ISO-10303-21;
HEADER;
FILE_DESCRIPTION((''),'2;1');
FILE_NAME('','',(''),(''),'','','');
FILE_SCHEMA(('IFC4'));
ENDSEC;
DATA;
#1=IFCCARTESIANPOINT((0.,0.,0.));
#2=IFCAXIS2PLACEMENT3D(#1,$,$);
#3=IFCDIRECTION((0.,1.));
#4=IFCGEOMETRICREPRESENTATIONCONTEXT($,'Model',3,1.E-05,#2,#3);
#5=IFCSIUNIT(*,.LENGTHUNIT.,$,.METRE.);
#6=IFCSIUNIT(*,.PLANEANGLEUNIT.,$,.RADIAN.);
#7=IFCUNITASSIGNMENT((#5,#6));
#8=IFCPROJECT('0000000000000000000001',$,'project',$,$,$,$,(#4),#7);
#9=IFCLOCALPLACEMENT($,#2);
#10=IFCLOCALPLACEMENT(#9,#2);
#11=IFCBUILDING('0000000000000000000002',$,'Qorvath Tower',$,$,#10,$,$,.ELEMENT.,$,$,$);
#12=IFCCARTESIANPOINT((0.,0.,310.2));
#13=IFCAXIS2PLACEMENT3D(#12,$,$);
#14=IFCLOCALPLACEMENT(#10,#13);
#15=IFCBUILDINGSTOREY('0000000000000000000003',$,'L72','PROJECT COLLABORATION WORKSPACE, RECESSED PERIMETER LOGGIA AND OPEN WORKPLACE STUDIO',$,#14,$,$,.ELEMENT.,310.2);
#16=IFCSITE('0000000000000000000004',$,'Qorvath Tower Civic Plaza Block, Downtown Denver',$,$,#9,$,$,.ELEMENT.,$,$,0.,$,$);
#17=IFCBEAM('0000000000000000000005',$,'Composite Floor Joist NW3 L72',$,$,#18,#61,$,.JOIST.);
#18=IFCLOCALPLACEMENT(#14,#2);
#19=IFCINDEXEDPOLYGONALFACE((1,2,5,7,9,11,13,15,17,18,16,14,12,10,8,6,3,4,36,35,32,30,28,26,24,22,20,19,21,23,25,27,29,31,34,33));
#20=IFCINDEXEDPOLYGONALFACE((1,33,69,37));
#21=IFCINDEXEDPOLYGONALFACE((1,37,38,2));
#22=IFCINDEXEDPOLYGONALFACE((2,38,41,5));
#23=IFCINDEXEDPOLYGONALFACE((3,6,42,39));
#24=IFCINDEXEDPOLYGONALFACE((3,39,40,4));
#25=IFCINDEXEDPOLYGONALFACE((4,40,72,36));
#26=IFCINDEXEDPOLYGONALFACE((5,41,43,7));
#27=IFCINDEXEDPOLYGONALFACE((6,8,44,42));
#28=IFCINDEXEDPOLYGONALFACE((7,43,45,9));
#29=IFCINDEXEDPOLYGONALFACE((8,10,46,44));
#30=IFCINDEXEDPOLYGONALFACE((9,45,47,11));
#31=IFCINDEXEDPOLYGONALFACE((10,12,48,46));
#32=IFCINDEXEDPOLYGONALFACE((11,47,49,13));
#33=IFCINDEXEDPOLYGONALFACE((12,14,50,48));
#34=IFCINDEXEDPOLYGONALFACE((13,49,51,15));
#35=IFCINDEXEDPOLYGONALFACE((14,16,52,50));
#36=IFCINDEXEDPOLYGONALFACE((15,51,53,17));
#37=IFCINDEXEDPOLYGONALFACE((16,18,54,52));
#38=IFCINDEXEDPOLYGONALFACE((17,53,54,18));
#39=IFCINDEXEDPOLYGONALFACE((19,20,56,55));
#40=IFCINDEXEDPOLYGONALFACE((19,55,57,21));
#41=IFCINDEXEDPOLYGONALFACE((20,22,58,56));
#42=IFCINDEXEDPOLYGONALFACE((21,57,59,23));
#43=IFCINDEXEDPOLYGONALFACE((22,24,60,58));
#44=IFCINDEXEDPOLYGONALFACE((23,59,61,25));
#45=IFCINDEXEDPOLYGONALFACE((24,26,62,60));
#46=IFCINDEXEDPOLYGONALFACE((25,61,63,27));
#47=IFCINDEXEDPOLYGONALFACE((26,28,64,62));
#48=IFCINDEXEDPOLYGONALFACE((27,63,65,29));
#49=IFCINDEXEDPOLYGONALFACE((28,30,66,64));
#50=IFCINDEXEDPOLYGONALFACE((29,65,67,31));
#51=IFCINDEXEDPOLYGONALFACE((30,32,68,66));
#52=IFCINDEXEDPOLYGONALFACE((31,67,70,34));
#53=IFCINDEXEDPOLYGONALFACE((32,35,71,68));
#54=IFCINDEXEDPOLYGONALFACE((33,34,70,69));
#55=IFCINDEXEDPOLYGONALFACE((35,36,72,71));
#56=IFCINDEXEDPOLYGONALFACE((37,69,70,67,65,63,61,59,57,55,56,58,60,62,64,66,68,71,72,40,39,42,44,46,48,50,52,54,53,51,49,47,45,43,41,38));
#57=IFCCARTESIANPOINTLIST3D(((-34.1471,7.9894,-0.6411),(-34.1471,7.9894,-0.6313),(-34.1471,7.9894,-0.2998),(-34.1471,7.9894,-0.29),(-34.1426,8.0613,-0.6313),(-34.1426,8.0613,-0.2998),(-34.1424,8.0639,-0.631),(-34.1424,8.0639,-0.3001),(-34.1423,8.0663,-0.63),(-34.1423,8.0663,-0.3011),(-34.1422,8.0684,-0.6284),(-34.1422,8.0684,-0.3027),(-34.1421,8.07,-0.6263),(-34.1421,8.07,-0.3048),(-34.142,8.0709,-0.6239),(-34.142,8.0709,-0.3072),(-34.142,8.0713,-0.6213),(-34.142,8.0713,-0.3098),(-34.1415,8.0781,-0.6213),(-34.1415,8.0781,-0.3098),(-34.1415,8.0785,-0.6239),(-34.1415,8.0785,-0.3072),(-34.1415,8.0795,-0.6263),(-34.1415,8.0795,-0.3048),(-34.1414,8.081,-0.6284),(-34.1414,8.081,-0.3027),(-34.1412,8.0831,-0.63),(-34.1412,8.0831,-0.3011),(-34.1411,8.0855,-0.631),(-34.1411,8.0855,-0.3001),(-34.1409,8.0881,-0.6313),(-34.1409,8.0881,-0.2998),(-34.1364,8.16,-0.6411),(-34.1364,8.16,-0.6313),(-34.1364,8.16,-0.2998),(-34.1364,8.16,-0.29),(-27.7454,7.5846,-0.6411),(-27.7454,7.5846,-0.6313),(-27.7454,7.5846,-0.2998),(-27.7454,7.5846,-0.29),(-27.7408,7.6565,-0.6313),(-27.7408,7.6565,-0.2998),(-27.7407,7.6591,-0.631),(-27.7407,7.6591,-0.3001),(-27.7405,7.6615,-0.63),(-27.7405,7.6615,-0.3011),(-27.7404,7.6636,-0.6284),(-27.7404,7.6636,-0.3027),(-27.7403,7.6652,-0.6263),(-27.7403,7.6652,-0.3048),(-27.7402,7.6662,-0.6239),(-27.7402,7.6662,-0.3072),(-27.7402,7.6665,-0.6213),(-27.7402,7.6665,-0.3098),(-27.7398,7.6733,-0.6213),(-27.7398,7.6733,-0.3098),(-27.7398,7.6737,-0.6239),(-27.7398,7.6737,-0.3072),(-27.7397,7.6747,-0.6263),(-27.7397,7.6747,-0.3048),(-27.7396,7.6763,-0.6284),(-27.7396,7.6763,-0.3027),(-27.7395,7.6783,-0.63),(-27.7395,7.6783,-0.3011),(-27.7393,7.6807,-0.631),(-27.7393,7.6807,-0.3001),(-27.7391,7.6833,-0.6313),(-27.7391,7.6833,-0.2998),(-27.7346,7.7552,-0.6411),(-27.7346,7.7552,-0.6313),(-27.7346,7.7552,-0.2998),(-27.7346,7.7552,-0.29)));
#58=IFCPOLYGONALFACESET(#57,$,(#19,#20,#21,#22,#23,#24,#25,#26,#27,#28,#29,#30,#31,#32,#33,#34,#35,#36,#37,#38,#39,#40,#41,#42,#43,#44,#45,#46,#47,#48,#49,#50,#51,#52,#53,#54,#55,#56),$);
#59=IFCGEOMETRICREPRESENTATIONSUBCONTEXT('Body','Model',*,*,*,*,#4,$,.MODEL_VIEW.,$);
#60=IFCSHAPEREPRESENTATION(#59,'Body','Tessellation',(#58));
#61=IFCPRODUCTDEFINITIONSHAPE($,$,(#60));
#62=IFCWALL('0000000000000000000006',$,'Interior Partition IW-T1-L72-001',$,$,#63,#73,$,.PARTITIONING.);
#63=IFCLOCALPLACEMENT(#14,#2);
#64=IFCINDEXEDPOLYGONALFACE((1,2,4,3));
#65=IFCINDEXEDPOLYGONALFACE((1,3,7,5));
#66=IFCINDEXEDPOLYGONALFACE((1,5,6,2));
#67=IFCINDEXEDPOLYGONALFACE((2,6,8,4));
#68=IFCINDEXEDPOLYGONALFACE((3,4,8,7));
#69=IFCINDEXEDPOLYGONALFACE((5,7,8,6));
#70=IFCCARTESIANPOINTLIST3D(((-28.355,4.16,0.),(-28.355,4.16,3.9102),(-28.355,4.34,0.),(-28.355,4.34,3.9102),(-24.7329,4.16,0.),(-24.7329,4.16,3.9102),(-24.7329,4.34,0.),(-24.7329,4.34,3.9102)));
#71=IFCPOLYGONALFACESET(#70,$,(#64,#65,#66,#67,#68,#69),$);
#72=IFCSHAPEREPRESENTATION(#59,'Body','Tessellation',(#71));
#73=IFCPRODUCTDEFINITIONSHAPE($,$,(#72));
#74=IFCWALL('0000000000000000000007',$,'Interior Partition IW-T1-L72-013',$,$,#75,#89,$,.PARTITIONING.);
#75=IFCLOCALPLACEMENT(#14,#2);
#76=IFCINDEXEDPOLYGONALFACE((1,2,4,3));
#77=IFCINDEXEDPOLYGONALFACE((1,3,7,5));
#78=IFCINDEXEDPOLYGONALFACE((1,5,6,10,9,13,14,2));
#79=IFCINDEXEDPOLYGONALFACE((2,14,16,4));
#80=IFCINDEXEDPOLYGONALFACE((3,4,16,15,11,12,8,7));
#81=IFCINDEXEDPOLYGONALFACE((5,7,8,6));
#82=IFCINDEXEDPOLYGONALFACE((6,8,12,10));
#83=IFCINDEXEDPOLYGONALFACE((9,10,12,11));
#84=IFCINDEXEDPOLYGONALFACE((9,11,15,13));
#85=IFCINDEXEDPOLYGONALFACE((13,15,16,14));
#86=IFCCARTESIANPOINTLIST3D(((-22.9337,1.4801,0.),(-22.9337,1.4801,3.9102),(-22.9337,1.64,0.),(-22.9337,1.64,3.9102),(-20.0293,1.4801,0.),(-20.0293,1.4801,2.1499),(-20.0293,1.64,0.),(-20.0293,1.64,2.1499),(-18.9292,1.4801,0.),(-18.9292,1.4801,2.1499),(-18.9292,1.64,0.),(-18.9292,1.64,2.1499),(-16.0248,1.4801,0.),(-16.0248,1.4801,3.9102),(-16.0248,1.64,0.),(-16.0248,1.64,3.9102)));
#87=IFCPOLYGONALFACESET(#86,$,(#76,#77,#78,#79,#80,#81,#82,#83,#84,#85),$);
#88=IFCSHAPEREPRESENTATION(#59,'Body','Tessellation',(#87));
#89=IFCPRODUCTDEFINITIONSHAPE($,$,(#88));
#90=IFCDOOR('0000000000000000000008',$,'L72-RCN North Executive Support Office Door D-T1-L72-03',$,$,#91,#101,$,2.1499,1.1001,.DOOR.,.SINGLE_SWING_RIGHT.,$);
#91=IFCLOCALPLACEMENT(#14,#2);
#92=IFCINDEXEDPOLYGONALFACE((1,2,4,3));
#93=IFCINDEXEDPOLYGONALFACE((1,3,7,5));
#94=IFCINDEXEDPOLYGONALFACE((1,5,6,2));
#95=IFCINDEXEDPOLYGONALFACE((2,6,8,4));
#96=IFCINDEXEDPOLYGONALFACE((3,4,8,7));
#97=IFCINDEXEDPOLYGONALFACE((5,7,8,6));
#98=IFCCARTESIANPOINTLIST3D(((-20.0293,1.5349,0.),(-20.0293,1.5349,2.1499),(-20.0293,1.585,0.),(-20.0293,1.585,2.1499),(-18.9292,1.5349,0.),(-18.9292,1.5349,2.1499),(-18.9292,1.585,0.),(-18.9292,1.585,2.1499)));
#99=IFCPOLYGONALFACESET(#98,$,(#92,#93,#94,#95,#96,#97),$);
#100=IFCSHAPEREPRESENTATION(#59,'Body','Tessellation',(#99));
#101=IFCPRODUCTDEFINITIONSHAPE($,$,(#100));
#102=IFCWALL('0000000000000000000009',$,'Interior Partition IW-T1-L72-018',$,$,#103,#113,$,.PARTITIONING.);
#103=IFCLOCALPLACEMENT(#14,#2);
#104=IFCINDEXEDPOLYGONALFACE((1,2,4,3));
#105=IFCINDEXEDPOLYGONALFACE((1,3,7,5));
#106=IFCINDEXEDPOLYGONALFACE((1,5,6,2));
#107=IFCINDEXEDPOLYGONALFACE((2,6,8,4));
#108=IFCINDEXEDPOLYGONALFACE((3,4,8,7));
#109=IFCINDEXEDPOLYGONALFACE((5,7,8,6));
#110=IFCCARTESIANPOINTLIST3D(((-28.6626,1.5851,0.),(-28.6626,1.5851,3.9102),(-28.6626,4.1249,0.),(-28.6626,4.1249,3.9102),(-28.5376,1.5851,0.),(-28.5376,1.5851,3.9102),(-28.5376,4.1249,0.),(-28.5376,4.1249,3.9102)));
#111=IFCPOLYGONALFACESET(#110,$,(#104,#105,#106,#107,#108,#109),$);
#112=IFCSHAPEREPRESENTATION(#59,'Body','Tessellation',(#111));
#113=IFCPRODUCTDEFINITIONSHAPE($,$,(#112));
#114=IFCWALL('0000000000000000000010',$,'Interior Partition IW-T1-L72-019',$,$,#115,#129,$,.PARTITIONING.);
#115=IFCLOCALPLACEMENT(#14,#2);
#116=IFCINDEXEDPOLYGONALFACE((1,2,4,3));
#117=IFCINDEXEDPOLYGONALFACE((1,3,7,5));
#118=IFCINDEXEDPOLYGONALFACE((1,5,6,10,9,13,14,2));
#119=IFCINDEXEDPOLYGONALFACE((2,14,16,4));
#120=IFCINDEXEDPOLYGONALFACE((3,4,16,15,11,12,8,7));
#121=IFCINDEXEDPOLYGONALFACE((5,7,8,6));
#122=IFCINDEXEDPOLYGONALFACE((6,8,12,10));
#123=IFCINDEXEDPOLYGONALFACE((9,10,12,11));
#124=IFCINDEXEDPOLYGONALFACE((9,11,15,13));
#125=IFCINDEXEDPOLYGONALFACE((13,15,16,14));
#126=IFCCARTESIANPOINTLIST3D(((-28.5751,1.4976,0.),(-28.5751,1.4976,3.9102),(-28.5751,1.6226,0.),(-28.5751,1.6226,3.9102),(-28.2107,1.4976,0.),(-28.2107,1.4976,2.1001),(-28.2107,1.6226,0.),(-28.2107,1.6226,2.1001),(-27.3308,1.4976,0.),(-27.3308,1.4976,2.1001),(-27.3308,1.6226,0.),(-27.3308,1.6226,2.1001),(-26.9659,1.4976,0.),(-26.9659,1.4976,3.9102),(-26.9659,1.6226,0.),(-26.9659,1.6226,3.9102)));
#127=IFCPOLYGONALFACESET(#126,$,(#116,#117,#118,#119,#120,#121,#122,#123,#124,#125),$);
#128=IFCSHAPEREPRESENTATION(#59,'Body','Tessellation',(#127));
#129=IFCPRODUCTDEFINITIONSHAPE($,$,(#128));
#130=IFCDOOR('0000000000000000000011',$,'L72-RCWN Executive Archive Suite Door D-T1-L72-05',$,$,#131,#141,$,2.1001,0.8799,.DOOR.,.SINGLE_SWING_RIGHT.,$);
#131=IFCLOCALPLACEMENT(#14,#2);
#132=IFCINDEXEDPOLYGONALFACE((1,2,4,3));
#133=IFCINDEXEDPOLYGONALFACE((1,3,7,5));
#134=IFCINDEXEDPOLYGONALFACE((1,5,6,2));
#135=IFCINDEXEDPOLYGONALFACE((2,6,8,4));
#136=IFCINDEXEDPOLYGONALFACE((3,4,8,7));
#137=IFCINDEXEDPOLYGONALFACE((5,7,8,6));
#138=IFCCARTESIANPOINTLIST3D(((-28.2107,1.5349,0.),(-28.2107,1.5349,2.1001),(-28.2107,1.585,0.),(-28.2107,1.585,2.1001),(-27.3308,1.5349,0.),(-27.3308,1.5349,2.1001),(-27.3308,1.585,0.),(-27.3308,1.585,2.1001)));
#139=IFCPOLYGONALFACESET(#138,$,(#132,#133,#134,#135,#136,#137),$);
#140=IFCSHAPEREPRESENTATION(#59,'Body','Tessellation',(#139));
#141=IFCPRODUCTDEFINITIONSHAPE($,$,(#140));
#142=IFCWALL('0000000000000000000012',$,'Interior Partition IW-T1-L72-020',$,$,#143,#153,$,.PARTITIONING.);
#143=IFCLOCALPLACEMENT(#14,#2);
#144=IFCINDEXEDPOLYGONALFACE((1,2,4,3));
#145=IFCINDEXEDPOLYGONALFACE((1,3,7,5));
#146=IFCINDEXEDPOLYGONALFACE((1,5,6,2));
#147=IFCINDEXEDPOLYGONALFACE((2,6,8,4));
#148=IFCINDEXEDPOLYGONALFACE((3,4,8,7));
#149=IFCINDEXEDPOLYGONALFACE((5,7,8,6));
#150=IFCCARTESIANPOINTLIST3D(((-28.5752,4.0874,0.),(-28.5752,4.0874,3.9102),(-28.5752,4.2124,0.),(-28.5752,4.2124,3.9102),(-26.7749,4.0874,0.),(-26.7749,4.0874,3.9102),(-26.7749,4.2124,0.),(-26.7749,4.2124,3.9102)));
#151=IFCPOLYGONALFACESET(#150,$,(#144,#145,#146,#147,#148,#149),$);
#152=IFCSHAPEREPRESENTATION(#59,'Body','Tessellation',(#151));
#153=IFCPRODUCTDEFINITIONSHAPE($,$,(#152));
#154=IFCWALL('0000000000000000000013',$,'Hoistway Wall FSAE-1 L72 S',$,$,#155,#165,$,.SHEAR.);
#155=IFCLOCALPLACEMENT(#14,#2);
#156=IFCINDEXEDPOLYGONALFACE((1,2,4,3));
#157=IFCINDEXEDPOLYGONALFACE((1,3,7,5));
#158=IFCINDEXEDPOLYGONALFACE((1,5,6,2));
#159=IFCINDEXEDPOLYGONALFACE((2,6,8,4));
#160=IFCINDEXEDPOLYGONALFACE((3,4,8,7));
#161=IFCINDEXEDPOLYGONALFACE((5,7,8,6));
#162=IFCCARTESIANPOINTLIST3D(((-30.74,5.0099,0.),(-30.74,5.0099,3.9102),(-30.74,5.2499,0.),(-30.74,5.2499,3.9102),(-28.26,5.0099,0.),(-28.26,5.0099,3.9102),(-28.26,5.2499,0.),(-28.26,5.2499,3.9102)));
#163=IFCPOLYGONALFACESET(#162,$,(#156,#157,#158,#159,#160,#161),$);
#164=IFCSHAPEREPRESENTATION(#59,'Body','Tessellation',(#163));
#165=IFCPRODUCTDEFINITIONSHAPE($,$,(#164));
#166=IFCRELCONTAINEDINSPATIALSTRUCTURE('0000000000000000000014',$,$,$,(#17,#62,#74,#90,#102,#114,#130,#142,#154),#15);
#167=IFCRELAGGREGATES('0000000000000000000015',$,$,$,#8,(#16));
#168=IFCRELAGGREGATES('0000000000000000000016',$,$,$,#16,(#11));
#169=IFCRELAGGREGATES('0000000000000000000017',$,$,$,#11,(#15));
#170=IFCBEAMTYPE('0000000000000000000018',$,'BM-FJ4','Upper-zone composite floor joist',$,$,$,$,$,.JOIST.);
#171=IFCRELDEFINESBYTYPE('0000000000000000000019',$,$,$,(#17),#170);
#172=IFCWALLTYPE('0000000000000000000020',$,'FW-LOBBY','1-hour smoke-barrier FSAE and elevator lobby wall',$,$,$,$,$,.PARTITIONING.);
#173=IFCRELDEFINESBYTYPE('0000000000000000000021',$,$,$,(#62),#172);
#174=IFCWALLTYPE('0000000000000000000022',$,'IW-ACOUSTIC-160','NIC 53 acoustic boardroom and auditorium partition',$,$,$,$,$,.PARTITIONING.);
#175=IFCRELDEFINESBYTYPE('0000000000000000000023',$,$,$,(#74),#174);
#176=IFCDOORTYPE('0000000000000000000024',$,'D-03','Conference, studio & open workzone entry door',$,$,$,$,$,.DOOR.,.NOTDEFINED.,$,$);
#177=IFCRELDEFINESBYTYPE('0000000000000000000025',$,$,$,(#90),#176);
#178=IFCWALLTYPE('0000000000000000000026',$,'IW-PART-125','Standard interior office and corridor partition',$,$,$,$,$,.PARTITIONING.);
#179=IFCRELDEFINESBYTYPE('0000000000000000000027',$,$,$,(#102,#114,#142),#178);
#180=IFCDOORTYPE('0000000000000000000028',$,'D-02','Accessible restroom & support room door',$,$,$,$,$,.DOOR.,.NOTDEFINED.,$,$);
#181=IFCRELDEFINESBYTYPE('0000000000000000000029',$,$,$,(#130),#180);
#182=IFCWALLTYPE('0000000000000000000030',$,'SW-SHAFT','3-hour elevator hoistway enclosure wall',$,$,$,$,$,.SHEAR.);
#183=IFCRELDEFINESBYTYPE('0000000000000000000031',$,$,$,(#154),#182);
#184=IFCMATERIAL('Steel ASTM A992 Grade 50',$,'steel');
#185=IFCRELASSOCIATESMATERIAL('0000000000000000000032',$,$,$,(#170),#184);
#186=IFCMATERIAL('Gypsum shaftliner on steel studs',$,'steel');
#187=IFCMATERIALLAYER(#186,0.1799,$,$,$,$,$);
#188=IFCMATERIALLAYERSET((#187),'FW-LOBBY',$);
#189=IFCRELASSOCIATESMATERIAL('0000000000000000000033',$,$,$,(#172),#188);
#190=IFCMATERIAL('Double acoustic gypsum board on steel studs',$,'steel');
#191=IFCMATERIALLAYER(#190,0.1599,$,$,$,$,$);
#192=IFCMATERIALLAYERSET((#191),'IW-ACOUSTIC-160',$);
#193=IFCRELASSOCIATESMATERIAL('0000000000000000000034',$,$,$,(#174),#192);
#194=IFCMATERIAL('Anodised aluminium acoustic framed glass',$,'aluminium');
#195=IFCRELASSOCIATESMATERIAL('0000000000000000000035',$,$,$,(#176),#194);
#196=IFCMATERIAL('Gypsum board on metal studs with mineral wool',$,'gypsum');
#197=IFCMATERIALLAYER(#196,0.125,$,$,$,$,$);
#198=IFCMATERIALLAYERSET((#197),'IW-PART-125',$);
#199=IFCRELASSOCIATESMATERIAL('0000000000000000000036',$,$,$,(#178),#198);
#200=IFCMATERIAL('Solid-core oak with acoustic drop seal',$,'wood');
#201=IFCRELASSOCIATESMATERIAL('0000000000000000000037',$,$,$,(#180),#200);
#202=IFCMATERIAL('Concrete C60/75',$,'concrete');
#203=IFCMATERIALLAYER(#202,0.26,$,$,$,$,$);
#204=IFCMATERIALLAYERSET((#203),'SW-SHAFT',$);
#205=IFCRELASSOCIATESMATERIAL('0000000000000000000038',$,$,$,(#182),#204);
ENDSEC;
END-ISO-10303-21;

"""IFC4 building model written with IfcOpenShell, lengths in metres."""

from ifc_helpers import new_model, si_unit, direction, frame, frame_2d, origin, origin_2d, place, context, subcontext, project, spatial, rectangle, i_section, extrude, material, layer, layer_set, material_profile, profile_set, type_object, element, fill, save


model = new_model("IFC4")

# Units and contexts
model_context = context("Model", 3, precision=1e-05, world=origin(), true_north=direction((0.0, 1.0)))
body_context = subcontext(model_context, "Body", "Model", "MODEL_VIEW")
ifc_project = project(units=[si_unit("LENGTHUNIT", "METRE"), si_unit("PLANEANGLEUNIT", "RADIAN")], contexts=[model_context])

# Site, building, storey
site_placement = place(None, origin())
site = spatial("IfcSite", under=ifc_project, at=site_placement, Name="Qorvath Tower Civic Plaza Block, Downtown Denver", CompositionType="ELEMENT", RefElevation=0.0)
building_placement = place(site_placement, origin())
building = spatial("IfcBuilding", under=site, at=building_placement, Name="Qorvath Tower", CompositionType="ELEMENT")
storey_placement = place(building_placement, frame((0.0, 0.0, 310.2)))
storey = spatial("IfcBuildingStorey", under=building, at=storey_placement, Name="L72", Description="PROJECT COLLABORATION WORKSPACE, RECESSED PERIMETER LOGGIA AND OPEN WORKPLACE STUDIO", CompositionType="ELEMENT", Elevation=310.2)

# Beam
ifc_material_1 = material(Name="Steel ASTM A992 Grade 50", Category="steel")
ifc_material_profile = material_profile(ifc_material_1, i_section(OverallWidth=0.1709, OverallDepth=0.3511, WebThickness=0.0068, FlangeThickness=0.0098, FilletRadius=0.01, at=origin_2d()), Name="W14x30")
ifc_profile_set = profile_set([ifc_material_profile], Name="Steel ASTM A992 Grade 50")
beam_type = type_object("IfcBeamType", Name="BM-FJ4", Description="Upper-zone composite floor joist", PredefinedType="JOIST", material=ifc_profile_set)
beam_placement = place(storey_placement, frame((-27.74, 7.6699, -0.4656), z_axis=(-0.998007, 0.063103, 0.0), x_axis=(-0.063103, -0.998007, 0.0)))
element("IfcBeam", 1, at=beam_placement, inside=storey, type_object=beam_type, Name="Composite Floor Joist NW3 L72", PredefinedType="JOIST", context=body_context, shape_type="SweptSolid", body=[
    extrude(i_section(OverallWidth=0.1709, OverallDepth=0.3511, WebThickness=0.0068, FlangeThickness=0.0098, FilletRadius=0.01, at=origin_2d()), origin(), (0.0, 0.0, 1.0), 6.4146),
])

# Wall
ifc_material_2 = material(Name="Gypsum shaftliner on steel studs", Category="steel")
ifc_layer_1 = layer(ifc_material_2, 0.1799)
ifc_layer_set_1 = layer_set([ifc_layer_1], Name="FW-LOBBY")
wall_type_1 = type_object("IfcWallType", Name="FW-LOBBY", Description="1-hour smoke-barrier FSAE and elevator lobby wall", PredefinedType="PARTITIONING", material=ifc_layer_set_1)
wall_1_placement = place(storey_placement, frame((-28.355, 4.25, 0.0), z_axis=(0.0, 0.0, 1.0), x_axis=(1.0, 0.0, 0.0)))
element("IfcWall", 2, at=wall_1_placement, inside=storey, type_object=wall_type_1, Name="Interior Partition IW-T1-L72-001", PredefinedType="PARTITIONING", context=body_context, shape_type="SweptSolid", body=[
    extrude(rectangle(XDim=3.6221, YDim=0.1799, at=frame_2d((1.811, 0.0))), origin(), (0.0, 0.0, 1.0), 3.9102),
])

# Wall, opening, door
ifc_material_3 = material(Name="Double acoustic gypsum board on steel studs", Category="steel")
ifc_layer_2 = layer(ifc_material_3, 0.1599)
ifc_layer_set_2 = layer_set([ifc_layer_2], Name="IW-ACOUSTIC-160")
wall_type_2 = type_object("IfcWallType", Name="IW-ACOUSTIC-160", Description="NIC 53 acoustic boardroom and auditorium partition", PredefinedType="PARTITIONING", material=ifc_layer_set_2)
wall_2_placement = place(storey_placement, frame((-22.9338, 1.5601, 0.0), z_axis=(0.0, 0.0, 1.0), x_axis=(1.0, 0.0, 0.0)))
wall_2 = element("IfcWall", 3, at=wall_2_placement, inside=storey, type_object=wall_type_2, Name="Interior Partition IW-T1-L72-013", PredefinedType="PARTITIONING", context=body_context, shape_type="SweptSolid", body=[
    extrude(rectangle(XDim=6.9089, YDim=0.1599, at=frame_2d((3.4546, 0.0))), origin(), (0.0, 0.0, 1.0), 3.9102),
])
opening_1_placement = place(wall_2_placement, frame((2.9045, 0.0, 0.0)))
opening_1 = element("IfcOpeningElement", 4, at=opening_1_placement, cuts=wall_2, PredefinedType="OPENING", context=body_context, shape_type="SweptSolid", body=[
    extrude(rectangle(XDim=1.1001, YDim=2.1499, at=frame_2d((0.55, 1.075))), frame((0.0, 0.0898, 0.0), z_axis=(0.0, -1.0, 0.0), x_axis=(1.0, 0.0, 0.0)), (0.0, 0.0, 1.0), 0.1799),
])
ifc_material_4 = material(Name="Anodised aluminium acoustic framed glass", Category="aluminium")
door_type_1 = type_object("IfcDoorType", Name="D-03", Description="Conference, studio & open workzone entry door", OperationType="NOTDEFINED", PredefinedType="DOOR", material=ifc_material_4)
door_1_placement = place(opening_1_placement, origin())
door_1 = element("IfcDoor", 5, at=door_1_placement, inside=storey, type_object=door_type_1, Name="L72-RCN North Executive Support Office Door D-T1-L72-03", OperationType="SINGLE_SWING_RIGHT", OverallHeight=2.1499, OverallWidth=1.1001, PredefinedType="DOOR", context=body_context, shape_type="SweptSolid", body=[
    extrude(rectangle(XDim=1.1001, YDim=2.1499, at=frame_2d((0.55, 1.075))), frame((0.0, 0.0249, 0.0), z_axis=(0.0, -1.0, 0.0), x_axis=(1.0, 0.0, 0.0)), (0.0, 0.0, 1.0), 0.05),
])
fill(opening_1, door_1)

# Wall
ifc_material_5 = material(Name="Gypsum board on metal studs with mineral wool", Category="gypsum")
ifc_layer_3 = layer(ifc_material_5, 0.125)
ifc_layer_set_3 = layer_set([ifc_layer_3], Name="IW-PART-125")
wall_type_3 = type_object("IfcWallType", Name="IW-PART-125", Description="Standard interior office and corridor partition", PredefinedType="PARTITIONING", material=ifc_layer_set_3)
wall_3_placement = place(storey_placement, frame((-28.6001, 4.125, 0.0), z_axis=(0.0, 0.0, 1.0), x_axis=(0.0, -1.0, 0.0)))
element("IfcWall", 6, at=wall_3_placement, inside=storey, type_object=wall_type_3, Name="Interior Partition IW-T1-L72-018", PredefinedType="PARTITIONING", context=body_context, shape_type="SweptSolid", body=[
    extrude(rectangle(XDim=2.5398, YDim=0.125, at=frame_2d((1.27, 0.0))), origin(), (0.0, 0.0, 1.0), 3.9102),
])

# Wall, opening, door
wall_4_placement = place(storey_placement, frame((-28.5752, 1.5601, 0.0), z_axis=(0.0, 0.0, 1.0), x_axis=(1.0, 0.0, 0.0)))
wall_4 = element("IfcWall", 7, at=wall_4_placement, inside=storey, type_object=wall_type_3, Name="Interior Partition IW-T1-L72-019", PredefinedType="PARTITIONING", context=body_context, shape_type="SweptSolid", body=[
    extrude(rectangle(XDim=1.6091, YDim=0.125, at=frame_2d((0.8047, 0.0))), origin(), (0.0, 0.0, 1.0), 3.9102),
])
opening_2_placement = place(wall_4_placement, frame((0.3645, 0.0, 0.0)))
opening_2 = element("IfcOpeningElement", 8, at=opening_2_placement, cuts=wall_4, PredefinedType="OPENING", context=body_context, shape_type="SweptSolid", body=[
    extrude(rectangle(XDim=0.8799, YDim=2.1001, at=frame_2d((0.4399, 1.05))), frame((0.0, 0.0725, 0.0), z_axis=(0.0, -1.0, 0.0), x_axis=(1.0, 0.0, 0.0)), (0.0, 0.0, 1.0), 0.145),
])
ifc_material_6 = material(Name="Solid-core oak with acoustic drop seal", Category="wood")
door_type_2 = type_object("IfcDoorType", Name="D-02", Description="Accessible restroom & support room door", OperationType="NOTDEFINED", PredefinedType="DOOR", material=ifc_material_6)
door_2_placement = place(opening_2_placement, origin())
door_2 = element("IfcDoor", 9, at=door_2_placement, inside=storey, type_object=door_type_2, Name="L72-RCWN Executive Archive Suite Door D-T1-L72-05", OperationType="SINGLE_SWING_RIGHT", OverallHeight=2.1001, OverallWidth=0.8799, PredefinedType="DOOR", context=body_context, shape_type="SweptSolid", body=[
    extrude(rectangle(XDim=0.8799, YDim=2.1001, at=frame_2d((0.4399, 1.05))), frame((0.0, 0.0249, 0.0), z_axis=(0.0, -1.0, 0.0), x_axis=(1.0, 0.0, 0.0)), (0.0, 0.0, 1.0), 0.05),
])
fill(opening_2, door_2)

# Walls
wall_5_placement = place(storey_placement, frame((-26.7749, 4.1499, 0.0), z_axis=(0.0, 0.0, 1.0), x_axis=(-1.0, 0.0, 0.0)))
element("IfcWall", 10, at=wall_5_placement, inside=storey, type_object=wall_type_3, Name="Interior Partition IW-T1-L72-020", PredefinedType="PARTITIONING", context=body_context, shape_type="SweptSolid", body=[
    extrude(rectangle(XDim=1.8003, YDim=0.125, at=frame_2d((0.9001, 0.0))), origin(), (0.0, 0.0, 1.0), 3.9102),
])
ifc_material_7 = material(Name="Concrete C60/75", Category="concrete")
ifc_layer_4 = layer(ifc_material_7, 0.26)
ifc_layer_set_4 = layer_set([ifc_layer_4], Name="SW-SHAFT")
wall_type_4 = type_object("IfcWallType", Name="SW-SHAFT", Description="3-hour elevator hoistway enclosure wall", PredefinedType="SHEAR", material=ifc_layer_set_4)
wall_6_placement = place(storey_placement, frame((-28.26, 5.1299, 0.0), z_axis=(0.0, 0.0, 1.0), x_axis=(-1.0, 0.0, 0.0)))
element("IfcWall", 11, at=wall_6_placement, inside=storey, type_object=wall_type_4, Name="Hoistway Wall FSAE-1 L72 S", PredefinedType="SHEAR", context=body_context, shape_type="SweptSolid", body=[
    extrude(rectangle(XDim=2.48, YDim=0.24, at=frame_2d((1.24, 0.0))), origin(), (0.0, 0.0, 1.0), 3.9102),
])

save(model, "model.ifc")
